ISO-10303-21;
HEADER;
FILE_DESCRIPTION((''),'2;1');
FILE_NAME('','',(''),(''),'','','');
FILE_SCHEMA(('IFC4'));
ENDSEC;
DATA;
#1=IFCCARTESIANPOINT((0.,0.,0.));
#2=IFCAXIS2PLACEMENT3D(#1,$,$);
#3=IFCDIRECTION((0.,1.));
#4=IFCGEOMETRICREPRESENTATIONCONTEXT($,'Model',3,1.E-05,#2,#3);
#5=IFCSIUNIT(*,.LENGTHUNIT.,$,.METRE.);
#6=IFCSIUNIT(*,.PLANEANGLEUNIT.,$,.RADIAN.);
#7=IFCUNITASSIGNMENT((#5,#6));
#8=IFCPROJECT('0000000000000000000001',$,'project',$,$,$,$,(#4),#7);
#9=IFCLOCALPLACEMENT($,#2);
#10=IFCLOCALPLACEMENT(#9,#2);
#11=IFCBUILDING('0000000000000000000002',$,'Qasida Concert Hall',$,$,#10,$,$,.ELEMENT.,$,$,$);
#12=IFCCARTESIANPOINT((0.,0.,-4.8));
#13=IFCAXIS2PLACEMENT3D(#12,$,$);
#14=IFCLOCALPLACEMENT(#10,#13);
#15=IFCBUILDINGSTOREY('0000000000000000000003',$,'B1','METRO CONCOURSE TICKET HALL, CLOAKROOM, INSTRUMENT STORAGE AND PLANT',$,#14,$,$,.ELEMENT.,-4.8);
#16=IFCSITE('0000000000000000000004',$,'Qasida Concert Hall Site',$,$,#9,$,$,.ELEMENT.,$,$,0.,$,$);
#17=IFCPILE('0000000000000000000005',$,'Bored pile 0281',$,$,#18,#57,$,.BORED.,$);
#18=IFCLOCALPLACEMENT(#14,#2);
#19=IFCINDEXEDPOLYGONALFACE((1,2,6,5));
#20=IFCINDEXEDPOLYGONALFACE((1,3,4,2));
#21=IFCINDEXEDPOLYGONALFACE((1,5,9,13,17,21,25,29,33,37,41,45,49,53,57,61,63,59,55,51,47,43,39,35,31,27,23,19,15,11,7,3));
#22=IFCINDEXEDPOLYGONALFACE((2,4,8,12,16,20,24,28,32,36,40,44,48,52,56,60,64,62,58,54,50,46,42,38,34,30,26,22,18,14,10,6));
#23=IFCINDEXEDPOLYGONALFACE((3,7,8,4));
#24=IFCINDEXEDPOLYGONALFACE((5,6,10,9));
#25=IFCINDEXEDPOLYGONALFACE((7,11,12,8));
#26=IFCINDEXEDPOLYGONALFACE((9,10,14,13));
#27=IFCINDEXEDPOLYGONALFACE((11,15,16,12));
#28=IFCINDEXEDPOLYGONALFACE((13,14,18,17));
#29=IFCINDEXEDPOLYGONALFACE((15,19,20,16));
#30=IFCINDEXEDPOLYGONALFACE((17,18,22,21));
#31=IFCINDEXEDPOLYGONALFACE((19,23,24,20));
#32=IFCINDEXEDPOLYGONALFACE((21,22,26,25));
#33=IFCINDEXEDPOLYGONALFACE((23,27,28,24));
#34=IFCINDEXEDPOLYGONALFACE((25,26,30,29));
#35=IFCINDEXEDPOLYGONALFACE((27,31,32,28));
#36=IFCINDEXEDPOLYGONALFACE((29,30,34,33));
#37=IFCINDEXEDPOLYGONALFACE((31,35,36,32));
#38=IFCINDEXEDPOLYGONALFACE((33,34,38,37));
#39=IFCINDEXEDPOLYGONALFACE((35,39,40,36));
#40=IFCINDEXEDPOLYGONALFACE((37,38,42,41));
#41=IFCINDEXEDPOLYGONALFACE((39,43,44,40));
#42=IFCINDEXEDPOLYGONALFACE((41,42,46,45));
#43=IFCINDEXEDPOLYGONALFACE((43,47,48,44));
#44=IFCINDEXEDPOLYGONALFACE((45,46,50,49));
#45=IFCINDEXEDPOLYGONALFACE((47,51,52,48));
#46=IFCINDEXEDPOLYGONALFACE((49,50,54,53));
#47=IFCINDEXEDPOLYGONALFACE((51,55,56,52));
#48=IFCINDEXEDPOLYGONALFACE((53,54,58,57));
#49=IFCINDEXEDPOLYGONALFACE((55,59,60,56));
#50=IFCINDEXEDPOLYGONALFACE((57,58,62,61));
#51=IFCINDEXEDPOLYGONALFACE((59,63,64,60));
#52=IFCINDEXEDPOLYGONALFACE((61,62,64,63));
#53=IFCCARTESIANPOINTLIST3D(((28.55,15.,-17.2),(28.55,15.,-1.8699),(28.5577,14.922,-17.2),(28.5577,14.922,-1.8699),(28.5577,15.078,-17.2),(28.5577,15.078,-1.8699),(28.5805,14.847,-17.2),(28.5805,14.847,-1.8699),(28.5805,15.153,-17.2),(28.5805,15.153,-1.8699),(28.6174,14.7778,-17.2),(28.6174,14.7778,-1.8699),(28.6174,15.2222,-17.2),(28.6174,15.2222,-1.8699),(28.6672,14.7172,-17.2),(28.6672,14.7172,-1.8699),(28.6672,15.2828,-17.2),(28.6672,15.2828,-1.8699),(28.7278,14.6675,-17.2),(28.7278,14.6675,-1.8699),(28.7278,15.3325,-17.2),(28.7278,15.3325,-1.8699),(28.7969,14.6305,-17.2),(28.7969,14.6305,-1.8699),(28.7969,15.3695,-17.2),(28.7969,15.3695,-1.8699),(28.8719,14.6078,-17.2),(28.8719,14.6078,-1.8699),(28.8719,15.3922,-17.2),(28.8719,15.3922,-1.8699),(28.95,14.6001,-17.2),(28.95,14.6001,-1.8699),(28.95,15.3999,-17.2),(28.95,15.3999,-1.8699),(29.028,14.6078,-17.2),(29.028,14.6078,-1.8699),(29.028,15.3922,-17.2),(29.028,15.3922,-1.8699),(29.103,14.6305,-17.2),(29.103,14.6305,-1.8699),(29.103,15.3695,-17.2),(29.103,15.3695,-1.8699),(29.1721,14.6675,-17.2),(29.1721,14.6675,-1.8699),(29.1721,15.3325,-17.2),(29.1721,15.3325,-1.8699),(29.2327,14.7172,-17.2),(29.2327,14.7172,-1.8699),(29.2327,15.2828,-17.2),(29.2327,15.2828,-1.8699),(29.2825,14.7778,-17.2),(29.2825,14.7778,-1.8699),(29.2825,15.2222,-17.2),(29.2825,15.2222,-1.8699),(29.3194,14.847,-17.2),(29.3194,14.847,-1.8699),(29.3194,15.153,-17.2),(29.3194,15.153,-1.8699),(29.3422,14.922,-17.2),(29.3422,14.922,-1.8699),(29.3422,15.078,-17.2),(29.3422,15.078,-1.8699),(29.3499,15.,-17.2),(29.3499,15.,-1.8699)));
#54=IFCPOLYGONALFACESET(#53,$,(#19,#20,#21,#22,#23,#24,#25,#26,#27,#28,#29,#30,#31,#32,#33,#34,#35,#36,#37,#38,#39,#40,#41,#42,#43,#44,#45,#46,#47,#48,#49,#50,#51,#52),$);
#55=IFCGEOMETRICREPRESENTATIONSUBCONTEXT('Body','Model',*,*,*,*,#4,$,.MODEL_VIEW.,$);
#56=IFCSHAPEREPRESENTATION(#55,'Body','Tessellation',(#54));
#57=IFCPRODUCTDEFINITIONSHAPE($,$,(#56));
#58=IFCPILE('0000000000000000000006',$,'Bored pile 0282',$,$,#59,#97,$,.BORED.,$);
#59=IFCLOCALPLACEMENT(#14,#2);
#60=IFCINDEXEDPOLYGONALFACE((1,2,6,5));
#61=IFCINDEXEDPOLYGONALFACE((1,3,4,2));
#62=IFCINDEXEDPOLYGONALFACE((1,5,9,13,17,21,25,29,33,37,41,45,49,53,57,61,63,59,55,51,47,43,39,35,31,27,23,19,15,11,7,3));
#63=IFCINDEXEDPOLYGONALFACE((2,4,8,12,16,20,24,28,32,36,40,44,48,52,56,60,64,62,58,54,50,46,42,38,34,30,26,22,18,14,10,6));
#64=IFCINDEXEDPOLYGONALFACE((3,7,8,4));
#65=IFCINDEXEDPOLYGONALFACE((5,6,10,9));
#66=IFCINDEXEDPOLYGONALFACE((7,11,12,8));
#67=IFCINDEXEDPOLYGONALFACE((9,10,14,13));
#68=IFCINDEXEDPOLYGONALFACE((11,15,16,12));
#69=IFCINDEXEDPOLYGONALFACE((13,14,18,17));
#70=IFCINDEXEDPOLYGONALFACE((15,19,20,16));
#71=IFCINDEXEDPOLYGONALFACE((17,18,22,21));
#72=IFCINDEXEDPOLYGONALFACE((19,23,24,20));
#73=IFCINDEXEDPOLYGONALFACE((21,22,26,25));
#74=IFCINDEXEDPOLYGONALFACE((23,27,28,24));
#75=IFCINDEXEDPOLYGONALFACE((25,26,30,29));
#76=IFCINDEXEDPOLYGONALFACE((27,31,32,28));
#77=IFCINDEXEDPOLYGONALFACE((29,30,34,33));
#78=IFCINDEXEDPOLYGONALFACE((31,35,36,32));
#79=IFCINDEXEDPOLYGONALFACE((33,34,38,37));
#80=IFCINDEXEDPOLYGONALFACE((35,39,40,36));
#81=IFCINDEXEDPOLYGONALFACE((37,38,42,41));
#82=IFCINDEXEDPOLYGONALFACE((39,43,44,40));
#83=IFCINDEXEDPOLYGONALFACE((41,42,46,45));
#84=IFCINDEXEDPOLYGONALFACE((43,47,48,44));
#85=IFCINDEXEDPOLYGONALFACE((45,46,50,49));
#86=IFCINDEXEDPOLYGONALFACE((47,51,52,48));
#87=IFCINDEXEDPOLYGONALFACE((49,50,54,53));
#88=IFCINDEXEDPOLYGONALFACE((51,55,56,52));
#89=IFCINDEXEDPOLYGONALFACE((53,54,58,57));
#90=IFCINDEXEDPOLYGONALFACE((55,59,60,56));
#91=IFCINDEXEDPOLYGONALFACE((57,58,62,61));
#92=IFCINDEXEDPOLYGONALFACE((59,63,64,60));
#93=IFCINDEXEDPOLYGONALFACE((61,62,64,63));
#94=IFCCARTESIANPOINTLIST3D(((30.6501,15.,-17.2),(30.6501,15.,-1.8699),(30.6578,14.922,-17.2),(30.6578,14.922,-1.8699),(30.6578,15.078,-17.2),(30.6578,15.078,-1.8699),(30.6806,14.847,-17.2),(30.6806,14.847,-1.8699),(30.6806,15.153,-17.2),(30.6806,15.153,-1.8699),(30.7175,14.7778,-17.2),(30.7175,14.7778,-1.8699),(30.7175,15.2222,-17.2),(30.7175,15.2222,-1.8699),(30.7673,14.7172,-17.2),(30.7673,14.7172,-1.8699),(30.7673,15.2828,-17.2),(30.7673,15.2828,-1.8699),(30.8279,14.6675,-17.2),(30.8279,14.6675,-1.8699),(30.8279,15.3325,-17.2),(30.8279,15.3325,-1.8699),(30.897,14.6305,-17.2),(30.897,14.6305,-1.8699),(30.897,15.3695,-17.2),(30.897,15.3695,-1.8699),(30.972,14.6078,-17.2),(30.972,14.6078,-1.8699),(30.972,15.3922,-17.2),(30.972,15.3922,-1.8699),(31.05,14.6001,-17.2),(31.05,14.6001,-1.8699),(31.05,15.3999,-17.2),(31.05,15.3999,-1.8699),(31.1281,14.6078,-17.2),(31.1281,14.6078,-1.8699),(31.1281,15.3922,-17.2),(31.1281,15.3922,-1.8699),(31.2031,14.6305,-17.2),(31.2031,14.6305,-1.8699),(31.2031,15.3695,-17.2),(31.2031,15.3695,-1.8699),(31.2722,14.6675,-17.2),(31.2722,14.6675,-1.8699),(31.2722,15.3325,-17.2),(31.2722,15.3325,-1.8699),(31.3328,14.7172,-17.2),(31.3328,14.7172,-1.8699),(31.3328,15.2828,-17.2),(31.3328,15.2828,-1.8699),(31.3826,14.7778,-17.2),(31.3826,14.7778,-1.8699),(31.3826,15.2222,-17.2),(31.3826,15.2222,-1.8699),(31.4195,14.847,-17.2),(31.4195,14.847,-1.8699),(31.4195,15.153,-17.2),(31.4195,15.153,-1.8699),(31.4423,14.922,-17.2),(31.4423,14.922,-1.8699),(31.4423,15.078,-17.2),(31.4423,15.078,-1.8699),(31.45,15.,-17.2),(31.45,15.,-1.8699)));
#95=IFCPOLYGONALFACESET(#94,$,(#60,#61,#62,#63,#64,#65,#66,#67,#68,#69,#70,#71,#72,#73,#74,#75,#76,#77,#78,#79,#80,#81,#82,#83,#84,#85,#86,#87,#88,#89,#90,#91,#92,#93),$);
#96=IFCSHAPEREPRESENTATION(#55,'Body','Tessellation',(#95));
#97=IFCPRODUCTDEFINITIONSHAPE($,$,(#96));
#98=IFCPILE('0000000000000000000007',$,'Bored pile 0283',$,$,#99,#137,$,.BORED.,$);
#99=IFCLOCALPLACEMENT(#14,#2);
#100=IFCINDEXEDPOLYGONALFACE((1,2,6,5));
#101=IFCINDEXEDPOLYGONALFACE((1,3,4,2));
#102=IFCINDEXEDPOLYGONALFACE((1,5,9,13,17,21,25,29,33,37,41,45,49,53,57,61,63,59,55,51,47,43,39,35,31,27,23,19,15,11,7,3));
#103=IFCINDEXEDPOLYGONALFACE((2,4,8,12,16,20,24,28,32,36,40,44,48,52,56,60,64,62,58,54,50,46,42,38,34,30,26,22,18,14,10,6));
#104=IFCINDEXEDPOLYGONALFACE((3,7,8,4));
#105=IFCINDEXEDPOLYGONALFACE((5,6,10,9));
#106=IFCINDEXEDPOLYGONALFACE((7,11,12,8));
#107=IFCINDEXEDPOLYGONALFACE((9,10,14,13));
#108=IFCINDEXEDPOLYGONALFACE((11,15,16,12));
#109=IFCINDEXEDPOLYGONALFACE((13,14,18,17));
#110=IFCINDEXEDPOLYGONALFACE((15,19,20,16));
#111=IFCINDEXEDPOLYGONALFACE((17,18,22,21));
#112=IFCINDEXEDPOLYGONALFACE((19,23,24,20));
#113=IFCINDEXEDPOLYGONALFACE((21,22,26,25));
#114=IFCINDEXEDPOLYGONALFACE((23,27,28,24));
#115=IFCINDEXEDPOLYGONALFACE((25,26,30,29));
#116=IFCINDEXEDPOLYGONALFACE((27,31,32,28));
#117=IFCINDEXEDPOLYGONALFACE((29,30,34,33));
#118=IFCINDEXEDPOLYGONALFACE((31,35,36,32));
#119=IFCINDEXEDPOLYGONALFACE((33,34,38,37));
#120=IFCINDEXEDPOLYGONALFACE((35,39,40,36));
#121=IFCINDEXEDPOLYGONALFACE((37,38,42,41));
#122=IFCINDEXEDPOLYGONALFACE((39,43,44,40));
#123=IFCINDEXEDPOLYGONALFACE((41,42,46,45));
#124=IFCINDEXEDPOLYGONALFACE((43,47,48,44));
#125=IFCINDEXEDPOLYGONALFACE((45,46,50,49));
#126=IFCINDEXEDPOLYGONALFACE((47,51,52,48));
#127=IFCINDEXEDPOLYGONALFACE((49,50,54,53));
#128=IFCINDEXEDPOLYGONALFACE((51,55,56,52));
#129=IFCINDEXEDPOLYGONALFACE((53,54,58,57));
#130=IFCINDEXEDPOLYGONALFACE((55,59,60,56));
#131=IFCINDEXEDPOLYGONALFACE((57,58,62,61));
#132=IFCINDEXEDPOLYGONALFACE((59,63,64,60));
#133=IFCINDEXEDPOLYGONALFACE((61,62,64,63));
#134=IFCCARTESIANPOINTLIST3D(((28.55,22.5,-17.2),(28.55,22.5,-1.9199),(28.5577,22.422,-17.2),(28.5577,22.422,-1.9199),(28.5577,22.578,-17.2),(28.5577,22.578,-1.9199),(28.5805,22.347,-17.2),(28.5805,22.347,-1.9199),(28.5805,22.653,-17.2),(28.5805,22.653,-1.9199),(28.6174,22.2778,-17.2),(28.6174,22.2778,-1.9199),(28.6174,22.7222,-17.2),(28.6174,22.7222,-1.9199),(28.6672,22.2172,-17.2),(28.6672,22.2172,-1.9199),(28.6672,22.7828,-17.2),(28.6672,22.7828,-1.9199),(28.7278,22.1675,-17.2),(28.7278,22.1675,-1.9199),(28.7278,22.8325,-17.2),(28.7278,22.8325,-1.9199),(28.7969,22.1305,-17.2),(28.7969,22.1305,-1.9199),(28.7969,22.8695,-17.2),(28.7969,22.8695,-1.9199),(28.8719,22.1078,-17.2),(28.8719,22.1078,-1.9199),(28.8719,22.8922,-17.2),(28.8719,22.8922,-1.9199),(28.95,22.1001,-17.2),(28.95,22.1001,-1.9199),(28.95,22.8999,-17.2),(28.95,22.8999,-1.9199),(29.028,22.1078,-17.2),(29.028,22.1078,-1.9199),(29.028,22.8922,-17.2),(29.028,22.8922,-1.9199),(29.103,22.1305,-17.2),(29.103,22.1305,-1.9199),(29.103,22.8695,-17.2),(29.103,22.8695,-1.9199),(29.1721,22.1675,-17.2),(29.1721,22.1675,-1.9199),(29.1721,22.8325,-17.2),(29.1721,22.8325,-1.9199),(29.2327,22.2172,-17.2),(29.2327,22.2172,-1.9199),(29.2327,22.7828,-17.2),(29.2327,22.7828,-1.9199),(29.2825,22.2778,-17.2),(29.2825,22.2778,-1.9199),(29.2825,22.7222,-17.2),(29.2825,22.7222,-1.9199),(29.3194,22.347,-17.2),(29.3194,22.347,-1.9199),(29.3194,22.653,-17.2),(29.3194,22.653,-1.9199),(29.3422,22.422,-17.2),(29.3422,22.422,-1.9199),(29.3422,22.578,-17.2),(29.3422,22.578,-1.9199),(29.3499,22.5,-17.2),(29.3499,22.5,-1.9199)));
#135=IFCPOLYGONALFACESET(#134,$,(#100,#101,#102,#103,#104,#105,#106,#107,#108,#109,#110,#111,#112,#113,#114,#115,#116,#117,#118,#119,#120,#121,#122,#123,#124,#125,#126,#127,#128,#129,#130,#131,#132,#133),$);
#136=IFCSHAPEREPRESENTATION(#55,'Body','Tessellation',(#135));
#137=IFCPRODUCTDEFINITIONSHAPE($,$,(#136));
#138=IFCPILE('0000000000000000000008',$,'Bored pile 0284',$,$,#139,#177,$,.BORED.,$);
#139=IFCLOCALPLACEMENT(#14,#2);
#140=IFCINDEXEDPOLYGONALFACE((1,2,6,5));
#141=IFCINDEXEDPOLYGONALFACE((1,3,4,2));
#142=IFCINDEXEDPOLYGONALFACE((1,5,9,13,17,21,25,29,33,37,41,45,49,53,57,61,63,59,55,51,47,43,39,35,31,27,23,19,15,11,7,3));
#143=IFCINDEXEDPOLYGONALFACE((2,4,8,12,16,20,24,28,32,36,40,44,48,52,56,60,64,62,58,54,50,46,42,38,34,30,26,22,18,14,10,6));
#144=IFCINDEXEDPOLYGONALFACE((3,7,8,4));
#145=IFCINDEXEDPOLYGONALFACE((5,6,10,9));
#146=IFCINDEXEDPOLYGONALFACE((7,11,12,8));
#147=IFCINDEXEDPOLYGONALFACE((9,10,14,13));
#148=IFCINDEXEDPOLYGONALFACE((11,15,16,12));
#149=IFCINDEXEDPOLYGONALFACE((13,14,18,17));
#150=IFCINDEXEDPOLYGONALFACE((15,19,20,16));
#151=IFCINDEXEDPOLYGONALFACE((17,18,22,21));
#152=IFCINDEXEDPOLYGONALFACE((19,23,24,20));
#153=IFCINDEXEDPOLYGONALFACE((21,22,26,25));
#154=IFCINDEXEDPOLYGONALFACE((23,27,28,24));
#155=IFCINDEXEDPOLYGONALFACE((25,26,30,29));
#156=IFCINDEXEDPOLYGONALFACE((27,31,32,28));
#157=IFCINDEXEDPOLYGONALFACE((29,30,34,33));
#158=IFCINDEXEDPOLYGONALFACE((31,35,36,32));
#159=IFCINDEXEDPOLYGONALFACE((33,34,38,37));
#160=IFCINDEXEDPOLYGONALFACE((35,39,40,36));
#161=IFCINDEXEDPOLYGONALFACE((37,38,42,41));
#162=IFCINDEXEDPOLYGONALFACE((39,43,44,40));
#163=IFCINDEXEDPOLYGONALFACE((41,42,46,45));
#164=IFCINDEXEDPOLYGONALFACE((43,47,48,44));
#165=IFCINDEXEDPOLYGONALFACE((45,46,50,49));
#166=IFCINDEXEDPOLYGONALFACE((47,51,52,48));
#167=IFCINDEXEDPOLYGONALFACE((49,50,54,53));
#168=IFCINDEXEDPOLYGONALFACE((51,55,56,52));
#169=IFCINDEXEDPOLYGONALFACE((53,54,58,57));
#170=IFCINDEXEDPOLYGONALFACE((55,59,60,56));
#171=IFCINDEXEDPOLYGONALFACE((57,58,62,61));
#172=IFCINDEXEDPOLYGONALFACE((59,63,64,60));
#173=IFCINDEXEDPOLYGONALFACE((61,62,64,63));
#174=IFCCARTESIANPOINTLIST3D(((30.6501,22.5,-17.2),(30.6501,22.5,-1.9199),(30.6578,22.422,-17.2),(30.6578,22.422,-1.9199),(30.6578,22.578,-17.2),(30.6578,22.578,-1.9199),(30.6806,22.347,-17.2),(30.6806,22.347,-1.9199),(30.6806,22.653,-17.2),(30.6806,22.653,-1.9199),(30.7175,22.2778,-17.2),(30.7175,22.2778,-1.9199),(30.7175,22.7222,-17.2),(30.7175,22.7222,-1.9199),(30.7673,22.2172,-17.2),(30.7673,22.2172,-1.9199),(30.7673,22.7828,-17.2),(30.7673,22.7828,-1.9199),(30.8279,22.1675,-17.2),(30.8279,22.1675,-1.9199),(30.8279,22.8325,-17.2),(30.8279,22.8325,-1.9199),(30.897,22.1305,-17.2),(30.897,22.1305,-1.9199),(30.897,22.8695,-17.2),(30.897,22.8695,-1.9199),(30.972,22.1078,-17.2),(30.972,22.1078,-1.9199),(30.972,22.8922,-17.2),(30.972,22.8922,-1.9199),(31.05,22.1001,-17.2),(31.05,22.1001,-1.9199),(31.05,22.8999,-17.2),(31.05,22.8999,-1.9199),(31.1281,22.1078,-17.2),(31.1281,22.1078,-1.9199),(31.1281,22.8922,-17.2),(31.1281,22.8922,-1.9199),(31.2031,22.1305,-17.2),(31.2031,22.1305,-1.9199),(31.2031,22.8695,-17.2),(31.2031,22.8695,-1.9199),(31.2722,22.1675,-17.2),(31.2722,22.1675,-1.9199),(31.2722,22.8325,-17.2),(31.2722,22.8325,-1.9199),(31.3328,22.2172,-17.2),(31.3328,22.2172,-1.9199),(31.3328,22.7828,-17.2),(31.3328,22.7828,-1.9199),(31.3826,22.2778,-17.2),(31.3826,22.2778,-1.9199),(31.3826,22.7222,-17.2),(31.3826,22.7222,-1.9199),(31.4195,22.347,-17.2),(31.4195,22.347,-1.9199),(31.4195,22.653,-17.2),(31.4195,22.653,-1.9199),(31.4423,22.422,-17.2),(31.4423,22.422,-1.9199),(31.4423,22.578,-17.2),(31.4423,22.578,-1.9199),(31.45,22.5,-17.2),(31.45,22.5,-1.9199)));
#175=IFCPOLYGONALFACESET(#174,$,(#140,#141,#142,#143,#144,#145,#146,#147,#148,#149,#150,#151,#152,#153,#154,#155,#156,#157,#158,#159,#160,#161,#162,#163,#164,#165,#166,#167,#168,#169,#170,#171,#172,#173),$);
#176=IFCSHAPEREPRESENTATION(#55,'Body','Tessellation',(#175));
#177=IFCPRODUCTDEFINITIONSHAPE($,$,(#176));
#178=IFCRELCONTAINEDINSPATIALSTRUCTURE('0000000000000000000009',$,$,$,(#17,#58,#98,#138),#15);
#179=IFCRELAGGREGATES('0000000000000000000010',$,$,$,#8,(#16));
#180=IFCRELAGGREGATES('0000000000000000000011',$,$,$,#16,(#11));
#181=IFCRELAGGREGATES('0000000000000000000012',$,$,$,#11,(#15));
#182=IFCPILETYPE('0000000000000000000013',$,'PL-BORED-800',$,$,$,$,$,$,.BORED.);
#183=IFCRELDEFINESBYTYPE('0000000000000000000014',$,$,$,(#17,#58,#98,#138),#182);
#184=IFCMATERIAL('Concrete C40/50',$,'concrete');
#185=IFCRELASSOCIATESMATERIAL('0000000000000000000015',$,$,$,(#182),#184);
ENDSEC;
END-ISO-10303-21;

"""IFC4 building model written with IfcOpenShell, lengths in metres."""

from ifc_helpers import new_model, si_unit, direction, frame, origin, origin_2d, place, context, subcontext, project, spatial, circle, extrude, material, material_profile, profile_set, type_object, element, save


model = new_model("IFC4")

# Units and contexts
model_context = context("Model", 3, precision=1e-05, world=origin(), true_north=direction((0.0, 1.0)))
body_context = subcontext(model_context, "Body", "Model", "MODEL_VIEW")
ifc_project = project(units=[si_unit("LENGTHUNIT", "METRE"), si_unit("PLANEANGLEUNIT", "RADIAN")], contexts=[model_context])

# Site, building, storey
site_placement = place(None, origin())
site = spatial("IfcSite", under=ifc_project, at=site_placement, Name="Qasida Concert Hall Site", CompositionType="ELEMENT", RefElevation=0.0)
building_placement = place(site_placement, origin())
building = spatial("IfcBuilding", under=site, at=building_placement, Name="Qasida Concert Hall", CompositionType="ELEMENT")
storey_placement = place(building_placement, frame((0.0, 0.0, -4.8)))
storey = spatial("IfcBuildingStorey", under=building, at=storey_placement, Name="B1", Description="METRO CONCOURSE TICKET HALL, CLOAKROOM, INSTRUMENT STORAGE AND PLANT", CompositionType="ELEMENT", Elevation=-4.8)

# Shared definitions
ifc_material_1 = material(Name="Concrete C40/50", Category="concrete")

# Piles
ifc_material_profile_1 = material_profile(ifc_material_1, circle(Radius=0.3999, at=origin_2d()), Name="BORED PILE D800")
ifc_profile_set_1 = profile_set([ifc_material_profile_1], Name="Concrete C40/50")
pile_type = type_object("IfcPileType", Name="PL-BORED-800", PredefinedType="BORED", material=ifc_profile_set_1)
for number, where, z_axis, x_axis, name in (
    (1, (28.95, 15.0, -1.8699), (0.0, 0.0, -1.0), (1.0, 0.0, 0.0), "Bored pile 0281"),
    (2, (31.05, 15.0, -1.8699), (0.0, 0.0, -1.0), (1.0, 0.0, 0.0), "Bored pile 0282"),
):
    element("IfcPile", number, at=place(storey_placement, frame(where, z_axis=z_axis, x_axis=x_axis)), inside=storey, type_object=pile_type, Name=name, PredefinedType="BORED", context=body_context, shape_type="SweptSolid", body=[
        extrude(circle(Radius=0.3999, at=origin_2d()), origin(), (0.0, 0.0, 1.0), 15.3301),
    ])
for number, where, z_axis, x_axis, name in (
    (3, (28.95, 22.5, -1.9199), (0.0, 0.0, -1.0), (1.0, 0.0, 0.0), "Bored pile 0283"),
    (4, (31.05, 22.5, -1.9199), (0.0, 0.0, -1.0), (1.0, 0.0, 0.0), "Bored pile 0284"),
):
    element("IfcPile", number, at=place(storey_placement, frame(where, z_axis=z_axis, x_axis=x_axis)), inside=storey, type_object=pile_type, Name=name, PredefinedType="BORED", context=body_context, shape_type="SweptSolid", body=[
        extrude(circle(Radius=0.3999, at=origin_2d()), origin(), (0.0, 0.0, 1.0), 15.28),
    ])

save(model, "model.ifc")
